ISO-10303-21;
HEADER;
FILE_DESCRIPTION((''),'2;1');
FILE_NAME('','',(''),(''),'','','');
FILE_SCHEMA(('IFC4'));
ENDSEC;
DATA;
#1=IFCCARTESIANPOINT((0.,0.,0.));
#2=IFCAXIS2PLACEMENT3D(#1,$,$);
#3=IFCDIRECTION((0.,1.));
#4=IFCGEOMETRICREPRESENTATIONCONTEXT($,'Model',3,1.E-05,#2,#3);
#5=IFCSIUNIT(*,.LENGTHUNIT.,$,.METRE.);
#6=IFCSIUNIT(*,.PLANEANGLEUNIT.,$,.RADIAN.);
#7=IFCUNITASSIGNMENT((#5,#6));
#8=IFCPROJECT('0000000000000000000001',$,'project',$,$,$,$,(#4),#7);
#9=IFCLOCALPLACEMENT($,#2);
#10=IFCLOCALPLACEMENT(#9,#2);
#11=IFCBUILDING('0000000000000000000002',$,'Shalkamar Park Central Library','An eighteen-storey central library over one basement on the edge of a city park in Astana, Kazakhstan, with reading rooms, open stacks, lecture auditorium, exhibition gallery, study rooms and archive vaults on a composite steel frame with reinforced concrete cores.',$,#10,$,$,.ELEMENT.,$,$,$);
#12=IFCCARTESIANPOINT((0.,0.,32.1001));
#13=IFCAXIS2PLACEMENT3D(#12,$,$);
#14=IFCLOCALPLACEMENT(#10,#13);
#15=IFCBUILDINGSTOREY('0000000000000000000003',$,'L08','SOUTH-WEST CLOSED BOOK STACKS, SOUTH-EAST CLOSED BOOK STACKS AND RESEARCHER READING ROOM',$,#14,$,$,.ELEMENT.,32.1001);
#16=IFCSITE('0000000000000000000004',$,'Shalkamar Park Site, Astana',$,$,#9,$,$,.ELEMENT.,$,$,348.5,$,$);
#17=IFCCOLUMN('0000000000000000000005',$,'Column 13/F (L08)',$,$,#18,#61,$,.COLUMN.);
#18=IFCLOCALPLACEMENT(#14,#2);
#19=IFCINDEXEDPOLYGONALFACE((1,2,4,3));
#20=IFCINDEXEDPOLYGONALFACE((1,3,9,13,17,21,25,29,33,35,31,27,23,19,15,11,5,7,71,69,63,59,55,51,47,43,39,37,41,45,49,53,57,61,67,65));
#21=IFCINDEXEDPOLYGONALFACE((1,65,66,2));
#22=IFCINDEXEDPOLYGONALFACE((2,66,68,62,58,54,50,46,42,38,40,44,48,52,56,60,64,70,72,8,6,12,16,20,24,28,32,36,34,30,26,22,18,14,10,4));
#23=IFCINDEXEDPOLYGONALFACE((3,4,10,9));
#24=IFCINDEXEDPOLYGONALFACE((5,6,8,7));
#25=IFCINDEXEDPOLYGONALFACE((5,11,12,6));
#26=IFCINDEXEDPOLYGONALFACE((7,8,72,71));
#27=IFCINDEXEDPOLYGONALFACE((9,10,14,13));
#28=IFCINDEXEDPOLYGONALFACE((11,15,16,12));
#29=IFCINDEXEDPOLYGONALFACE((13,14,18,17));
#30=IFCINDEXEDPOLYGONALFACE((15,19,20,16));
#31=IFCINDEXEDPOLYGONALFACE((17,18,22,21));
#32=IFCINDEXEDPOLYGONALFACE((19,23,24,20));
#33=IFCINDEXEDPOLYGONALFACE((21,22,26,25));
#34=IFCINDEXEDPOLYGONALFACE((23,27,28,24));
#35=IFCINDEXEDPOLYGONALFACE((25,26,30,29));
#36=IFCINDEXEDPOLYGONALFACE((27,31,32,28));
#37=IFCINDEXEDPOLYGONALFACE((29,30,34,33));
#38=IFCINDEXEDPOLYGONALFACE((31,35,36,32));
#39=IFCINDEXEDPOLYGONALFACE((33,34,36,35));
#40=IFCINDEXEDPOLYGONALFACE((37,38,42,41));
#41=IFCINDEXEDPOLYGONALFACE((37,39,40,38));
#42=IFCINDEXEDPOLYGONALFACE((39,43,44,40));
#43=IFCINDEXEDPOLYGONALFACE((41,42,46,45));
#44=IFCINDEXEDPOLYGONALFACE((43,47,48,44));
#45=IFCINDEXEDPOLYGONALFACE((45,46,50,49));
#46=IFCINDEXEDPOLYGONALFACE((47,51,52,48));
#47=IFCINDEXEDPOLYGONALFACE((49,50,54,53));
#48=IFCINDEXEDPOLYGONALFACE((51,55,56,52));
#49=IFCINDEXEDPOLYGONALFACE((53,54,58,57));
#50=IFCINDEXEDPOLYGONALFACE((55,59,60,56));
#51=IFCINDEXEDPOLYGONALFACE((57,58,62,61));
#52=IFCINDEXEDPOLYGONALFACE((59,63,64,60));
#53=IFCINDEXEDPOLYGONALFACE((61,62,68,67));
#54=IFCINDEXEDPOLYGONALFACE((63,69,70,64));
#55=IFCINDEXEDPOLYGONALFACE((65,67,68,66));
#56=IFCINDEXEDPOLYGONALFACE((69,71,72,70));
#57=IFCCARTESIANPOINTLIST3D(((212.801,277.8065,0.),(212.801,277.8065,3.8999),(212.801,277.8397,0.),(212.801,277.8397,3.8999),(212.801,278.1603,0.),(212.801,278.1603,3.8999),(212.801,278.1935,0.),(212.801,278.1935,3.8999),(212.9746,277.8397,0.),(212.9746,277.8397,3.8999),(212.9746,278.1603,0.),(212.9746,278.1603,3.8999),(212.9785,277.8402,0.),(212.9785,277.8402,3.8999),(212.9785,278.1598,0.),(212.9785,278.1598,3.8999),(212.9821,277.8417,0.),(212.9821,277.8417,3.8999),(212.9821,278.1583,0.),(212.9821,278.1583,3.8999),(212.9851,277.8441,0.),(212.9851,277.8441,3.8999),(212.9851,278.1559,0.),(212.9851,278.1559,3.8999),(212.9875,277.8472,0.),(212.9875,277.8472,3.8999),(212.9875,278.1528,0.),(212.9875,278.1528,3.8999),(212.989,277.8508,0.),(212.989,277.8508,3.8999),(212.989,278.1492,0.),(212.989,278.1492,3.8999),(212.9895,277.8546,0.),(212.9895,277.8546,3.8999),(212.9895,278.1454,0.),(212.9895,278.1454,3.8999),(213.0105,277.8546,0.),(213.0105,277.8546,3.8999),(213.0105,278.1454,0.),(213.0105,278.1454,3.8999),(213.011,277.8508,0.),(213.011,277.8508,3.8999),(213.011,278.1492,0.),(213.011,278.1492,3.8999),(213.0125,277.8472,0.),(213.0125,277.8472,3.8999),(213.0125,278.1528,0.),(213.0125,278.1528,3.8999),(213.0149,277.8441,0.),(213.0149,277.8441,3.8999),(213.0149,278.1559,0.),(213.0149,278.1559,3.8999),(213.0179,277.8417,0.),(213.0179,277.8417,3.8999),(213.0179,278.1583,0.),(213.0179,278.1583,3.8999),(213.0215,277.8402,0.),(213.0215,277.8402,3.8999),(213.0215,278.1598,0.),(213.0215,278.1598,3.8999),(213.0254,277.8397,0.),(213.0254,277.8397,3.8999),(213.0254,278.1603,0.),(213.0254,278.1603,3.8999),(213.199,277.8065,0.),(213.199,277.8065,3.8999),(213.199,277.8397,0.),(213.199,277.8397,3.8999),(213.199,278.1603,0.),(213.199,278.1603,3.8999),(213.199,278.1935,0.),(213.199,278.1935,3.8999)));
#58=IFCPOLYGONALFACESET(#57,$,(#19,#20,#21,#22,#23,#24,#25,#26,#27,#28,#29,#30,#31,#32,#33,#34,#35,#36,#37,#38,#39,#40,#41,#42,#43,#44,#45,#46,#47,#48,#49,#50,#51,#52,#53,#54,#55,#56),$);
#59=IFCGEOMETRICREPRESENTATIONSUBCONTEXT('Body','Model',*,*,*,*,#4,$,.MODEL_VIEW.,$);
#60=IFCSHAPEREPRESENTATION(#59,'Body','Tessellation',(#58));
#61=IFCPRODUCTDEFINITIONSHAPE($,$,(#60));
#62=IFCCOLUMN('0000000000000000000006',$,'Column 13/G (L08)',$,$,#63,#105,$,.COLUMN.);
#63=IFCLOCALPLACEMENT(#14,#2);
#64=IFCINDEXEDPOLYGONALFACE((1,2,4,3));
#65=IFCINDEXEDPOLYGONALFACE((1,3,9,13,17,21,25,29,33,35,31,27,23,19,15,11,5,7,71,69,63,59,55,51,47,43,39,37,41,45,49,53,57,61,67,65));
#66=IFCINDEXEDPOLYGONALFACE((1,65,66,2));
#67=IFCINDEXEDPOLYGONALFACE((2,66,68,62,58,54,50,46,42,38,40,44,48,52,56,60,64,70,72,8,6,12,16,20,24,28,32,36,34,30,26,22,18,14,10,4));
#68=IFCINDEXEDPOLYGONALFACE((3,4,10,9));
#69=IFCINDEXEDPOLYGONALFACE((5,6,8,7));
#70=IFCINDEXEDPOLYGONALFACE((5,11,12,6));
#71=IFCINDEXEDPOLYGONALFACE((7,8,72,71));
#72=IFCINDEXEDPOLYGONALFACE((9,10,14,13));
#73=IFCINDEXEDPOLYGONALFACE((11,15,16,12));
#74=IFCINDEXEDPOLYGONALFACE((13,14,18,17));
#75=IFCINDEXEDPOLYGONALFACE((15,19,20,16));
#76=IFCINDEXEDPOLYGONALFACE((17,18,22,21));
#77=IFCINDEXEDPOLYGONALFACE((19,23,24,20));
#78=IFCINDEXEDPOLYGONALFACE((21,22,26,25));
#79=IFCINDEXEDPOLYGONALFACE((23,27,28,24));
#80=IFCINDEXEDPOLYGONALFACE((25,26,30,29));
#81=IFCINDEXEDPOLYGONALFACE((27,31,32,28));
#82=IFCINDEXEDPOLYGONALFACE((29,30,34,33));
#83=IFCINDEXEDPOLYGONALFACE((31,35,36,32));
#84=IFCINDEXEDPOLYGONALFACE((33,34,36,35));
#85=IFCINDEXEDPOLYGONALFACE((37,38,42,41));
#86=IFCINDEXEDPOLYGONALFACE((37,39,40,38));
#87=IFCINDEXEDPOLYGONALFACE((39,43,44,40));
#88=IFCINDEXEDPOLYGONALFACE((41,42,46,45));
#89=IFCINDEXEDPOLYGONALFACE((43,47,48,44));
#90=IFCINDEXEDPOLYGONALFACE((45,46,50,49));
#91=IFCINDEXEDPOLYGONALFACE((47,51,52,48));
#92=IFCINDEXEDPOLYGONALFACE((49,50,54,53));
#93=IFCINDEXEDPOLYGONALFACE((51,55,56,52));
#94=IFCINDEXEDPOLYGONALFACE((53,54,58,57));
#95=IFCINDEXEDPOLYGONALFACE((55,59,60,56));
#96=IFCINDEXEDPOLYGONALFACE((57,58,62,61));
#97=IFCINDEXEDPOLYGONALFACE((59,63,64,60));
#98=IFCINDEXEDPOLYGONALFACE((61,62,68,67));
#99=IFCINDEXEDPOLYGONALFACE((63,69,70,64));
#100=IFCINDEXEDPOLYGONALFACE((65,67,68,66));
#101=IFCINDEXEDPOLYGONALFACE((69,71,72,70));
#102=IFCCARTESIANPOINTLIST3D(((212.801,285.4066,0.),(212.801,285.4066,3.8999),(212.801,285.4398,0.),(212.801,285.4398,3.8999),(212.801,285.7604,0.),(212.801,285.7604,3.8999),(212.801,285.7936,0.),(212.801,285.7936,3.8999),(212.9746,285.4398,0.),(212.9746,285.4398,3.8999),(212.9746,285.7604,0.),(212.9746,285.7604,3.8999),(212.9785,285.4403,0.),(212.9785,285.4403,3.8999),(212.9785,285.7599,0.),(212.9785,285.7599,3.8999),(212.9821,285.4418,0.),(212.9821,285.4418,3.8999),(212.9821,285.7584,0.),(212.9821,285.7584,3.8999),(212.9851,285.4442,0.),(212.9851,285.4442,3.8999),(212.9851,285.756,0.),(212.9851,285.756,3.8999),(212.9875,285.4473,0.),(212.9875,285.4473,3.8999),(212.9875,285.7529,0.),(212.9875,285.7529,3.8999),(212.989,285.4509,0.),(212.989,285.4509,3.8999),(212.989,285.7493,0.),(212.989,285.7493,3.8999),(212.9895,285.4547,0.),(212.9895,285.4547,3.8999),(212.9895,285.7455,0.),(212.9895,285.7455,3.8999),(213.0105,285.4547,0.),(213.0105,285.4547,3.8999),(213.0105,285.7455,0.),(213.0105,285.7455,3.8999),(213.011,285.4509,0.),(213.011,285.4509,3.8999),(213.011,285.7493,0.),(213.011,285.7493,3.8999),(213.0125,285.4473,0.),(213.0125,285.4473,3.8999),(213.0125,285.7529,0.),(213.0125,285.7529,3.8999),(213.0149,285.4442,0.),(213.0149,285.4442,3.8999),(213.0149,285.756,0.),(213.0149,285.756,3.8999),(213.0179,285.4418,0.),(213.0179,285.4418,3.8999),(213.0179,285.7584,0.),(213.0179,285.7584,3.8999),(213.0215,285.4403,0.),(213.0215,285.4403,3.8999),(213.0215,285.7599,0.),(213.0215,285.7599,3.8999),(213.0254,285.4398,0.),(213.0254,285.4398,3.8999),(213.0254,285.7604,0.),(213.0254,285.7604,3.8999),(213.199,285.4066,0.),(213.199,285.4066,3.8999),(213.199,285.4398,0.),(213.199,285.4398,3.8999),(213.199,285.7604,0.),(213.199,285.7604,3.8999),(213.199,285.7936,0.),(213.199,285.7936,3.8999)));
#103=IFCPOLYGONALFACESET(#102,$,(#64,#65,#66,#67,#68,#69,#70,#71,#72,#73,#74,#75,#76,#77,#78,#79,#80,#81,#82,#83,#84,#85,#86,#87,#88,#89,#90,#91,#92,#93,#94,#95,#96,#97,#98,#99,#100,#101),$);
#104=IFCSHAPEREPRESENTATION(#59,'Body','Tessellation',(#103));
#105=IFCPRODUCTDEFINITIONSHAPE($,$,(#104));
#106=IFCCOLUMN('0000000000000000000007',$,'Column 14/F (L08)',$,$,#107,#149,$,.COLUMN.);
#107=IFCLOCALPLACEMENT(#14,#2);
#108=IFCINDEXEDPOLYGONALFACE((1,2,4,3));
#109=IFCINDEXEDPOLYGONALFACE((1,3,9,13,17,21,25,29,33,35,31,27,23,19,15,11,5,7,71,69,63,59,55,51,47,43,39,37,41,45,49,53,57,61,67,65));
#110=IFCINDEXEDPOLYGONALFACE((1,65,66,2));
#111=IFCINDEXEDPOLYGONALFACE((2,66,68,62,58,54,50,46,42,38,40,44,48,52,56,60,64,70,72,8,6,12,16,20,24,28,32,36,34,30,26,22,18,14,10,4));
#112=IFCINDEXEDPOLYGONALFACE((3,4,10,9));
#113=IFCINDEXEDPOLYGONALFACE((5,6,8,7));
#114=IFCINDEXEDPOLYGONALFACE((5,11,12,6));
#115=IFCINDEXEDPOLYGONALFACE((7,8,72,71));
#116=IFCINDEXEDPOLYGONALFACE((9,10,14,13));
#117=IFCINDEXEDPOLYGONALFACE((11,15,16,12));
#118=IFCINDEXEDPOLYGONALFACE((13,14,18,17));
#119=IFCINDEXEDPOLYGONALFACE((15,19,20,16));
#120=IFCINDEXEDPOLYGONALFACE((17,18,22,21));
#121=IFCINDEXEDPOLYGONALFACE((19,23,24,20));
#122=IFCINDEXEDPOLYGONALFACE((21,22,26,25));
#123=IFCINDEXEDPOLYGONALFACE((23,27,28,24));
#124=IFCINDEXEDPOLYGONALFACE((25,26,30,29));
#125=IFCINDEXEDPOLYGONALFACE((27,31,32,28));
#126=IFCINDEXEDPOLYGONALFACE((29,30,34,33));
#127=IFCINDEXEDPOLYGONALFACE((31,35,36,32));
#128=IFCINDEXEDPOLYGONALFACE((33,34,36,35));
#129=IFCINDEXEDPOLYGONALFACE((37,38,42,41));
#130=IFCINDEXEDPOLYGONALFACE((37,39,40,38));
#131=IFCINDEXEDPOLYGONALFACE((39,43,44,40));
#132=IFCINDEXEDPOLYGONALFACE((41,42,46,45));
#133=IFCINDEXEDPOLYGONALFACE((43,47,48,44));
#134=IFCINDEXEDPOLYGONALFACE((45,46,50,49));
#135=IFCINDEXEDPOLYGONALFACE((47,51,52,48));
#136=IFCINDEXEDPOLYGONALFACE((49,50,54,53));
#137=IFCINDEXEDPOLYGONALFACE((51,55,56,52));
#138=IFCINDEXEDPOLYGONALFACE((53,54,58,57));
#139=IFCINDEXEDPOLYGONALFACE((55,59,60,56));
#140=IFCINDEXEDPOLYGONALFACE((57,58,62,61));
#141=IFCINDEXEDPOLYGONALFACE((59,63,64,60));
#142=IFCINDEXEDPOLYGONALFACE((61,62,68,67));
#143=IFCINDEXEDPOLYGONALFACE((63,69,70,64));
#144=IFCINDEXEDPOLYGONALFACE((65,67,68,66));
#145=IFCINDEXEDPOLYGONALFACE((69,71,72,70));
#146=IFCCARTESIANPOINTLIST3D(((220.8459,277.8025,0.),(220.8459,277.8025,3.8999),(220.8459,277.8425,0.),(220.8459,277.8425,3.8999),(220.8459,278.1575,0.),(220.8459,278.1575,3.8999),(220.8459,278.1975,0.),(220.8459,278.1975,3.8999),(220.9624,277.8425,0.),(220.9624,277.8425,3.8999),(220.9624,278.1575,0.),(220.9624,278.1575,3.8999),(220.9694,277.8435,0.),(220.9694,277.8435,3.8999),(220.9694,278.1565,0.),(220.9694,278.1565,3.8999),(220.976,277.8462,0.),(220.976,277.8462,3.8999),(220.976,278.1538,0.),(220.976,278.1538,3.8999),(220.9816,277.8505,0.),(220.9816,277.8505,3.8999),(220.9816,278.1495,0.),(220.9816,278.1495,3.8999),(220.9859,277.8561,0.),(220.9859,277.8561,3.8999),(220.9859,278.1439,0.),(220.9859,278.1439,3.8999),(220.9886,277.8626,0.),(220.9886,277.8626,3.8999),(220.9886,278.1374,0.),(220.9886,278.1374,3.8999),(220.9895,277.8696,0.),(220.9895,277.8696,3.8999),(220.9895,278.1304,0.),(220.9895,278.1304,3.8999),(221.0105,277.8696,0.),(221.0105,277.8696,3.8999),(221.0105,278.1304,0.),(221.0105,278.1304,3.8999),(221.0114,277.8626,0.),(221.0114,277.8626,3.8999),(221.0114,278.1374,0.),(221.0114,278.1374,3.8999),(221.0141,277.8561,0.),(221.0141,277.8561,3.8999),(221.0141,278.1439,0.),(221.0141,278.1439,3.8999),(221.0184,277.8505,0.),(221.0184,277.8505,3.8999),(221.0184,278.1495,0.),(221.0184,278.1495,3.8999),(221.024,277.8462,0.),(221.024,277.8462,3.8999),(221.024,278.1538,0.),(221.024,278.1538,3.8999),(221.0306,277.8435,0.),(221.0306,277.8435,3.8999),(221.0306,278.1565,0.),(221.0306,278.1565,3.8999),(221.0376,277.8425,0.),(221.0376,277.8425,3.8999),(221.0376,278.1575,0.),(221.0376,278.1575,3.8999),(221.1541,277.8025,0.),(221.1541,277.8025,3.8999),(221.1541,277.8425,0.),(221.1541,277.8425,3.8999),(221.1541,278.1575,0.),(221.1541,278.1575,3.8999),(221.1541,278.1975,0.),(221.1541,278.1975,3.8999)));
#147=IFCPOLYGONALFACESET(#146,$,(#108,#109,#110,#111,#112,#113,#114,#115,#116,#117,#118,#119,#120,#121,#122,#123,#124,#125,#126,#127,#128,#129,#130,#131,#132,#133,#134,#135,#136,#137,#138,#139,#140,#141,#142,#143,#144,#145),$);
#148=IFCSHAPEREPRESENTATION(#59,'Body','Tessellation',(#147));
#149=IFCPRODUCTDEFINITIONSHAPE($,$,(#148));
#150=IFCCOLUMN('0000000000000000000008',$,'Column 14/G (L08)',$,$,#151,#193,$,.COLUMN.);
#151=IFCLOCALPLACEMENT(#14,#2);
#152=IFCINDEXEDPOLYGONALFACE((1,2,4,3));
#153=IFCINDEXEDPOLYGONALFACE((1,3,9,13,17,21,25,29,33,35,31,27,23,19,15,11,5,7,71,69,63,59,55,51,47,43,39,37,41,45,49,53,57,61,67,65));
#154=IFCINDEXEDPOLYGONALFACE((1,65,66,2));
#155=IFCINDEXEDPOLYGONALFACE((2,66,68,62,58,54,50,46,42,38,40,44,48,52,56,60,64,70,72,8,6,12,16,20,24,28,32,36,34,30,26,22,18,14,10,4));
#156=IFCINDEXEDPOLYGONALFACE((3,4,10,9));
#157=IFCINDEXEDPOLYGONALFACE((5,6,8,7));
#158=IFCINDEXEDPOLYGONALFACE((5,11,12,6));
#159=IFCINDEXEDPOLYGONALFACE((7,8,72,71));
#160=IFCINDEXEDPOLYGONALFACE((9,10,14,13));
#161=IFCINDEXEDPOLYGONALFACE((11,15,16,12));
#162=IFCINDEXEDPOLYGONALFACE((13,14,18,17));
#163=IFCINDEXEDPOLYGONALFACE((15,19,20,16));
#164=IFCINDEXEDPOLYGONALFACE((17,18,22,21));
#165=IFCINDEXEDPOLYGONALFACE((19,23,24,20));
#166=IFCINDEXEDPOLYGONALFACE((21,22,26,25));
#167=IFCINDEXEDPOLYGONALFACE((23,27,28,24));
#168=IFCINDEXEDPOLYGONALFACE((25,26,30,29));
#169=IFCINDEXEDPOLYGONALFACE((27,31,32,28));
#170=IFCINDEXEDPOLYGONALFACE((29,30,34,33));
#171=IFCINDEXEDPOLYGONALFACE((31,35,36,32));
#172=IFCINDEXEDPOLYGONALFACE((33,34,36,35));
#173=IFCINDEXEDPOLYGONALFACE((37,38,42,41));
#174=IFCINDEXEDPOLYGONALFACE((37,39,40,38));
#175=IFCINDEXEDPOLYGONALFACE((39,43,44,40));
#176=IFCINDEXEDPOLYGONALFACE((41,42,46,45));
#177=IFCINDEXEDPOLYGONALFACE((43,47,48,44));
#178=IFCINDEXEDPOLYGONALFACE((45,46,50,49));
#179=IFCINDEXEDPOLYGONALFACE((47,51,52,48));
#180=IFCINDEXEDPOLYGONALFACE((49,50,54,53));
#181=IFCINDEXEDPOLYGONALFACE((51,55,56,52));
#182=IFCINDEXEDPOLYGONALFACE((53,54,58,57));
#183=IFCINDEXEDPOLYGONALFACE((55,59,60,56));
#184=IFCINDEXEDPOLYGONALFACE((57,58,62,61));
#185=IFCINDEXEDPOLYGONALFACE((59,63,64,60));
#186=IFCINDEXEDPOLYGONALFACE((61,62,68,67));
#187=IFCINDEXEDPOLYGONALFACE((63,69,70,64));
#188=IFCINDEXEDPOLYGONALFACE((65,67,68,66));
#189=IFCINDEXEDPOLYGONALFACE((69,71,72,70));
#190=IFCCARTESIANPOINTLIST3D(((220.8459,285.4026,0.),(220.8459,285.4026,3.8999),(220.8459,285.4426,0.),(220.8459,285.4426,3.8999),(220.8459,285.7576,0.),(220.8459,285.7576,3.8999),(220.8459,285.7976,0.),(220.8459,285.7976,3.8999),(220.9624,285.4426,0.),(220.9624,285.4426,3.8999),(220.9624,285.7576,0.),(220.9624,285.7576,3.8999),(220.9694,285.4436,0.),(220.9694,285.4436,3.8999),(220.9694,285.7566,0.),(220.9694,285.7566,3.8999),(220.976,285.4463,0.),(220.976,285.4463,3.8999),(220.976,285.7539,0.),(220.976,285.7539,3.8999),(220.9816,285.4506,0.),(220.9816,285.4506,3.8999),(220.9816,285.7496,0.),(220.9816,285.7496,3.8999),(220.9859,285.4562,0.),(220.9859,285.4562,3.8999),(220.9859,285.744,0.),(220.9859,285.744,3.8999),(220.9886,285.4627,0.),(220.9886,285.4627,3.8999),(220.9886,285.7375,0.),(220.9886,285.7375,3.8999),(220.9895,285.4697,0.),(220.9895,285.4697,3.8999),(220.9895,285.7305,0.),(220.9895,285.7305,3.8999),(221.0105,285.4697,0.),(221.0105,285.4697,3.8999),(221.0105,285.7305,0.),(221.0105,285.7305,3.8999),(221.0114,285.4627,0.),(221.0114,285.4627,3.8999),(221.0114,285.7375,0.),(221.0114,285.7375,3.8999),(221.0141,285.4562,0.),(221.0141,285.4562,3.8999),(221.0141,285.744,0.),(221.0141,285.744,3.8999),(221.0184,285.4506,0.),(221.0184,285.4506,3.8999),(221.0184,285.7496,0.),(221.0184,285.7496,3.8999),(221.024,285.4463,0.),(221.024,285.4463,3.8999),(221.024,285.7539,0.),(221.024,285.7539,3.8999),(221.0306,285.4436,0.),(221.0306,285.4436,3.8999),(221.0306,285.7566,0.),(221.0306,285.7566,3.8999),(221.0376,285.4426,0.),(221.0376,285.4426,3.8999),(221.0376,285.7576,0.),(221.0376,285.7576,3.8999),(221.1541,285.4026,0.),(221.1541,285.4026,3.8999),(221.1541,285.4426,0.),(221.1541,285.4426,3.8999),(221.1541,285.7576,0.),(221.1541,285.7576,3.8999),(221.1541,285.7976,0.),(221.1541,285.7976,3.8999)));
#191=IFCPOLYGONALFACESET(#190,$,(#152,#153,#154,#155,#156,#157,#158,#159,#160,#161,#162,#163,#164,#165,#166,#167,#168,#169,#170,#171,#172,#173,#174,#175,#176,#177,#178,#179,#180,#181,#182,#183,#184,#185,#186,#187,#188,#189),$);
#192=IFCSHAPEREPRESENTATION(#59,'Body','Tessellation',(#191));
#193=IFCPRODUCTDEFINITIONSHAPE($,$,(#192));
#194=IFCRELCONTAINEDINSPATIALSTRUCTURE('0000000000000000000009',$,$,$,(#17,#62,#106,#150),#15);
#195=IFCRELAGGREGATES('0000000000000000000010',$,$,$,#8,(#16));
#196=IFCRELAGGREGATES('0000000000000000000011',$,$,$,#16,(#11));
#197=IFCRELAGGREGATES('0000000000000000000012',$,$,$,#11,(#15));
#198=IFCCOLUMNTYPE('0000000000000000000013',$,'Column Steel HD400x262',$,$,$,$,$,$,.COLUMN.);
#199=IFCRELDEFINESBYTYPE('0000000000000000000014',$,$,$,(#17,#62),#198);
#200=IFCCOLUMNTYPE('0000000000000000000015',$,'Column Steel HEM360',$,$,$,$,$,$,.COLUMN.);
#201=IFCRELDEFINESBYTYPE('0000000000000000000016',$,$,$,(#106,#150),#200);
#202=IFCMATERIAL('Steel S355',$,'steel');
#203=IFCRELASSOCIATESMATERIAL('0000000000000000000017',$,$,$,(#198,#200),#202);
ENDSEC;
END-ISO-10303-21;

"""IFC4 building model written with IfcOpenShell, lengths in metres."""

from ifc_helpers import new_model, si_unit, direction, frame, origin, origin_2d, place, context, subcontext, project, spatial, i_section, extrude, material, material_profile, profile_set, type_object, element, save


model = new_model("IFC4")

# Units and contexts
model_context = context("Model", 3, precision=1e-05, world=origin(), true_north=direction((0.0, 1.0)))
body_context = subcontext(model_context, "Body", "Model", "MODEL_VIEW")
ifc_project = project(units=[si_unit("LENGTHUNIT", "METRE"), si_unit("PLANEANGLEUNIT", "RADIAN")], contexts=[model_context])

# Site, building, storey
site_placement = place(None, origin())
site = spatial("IfcSite", under=ifc_project, at=site_placement, Name="Shalkamar Park Site, Astana", CompositionType="ELEMENT", RefElevation=348.5)
building_placement = place(site_placement, origin())
building = spatial("IfcBuilding", under=site, at=building_placement, Name="Shalkamar Park Central Library", Description="An eighteen-storey central library over one basement on the edge of a city park in Astana, Kazakhstan, with reading rooms, open stacks, lecture auditorium, exhibition gallery, study rooms and archive vaults on a composite steel frame with reinforced concrete cores.", CompositionType="ELEMENT")
storey_placement = place(building_placement, frame((0.0, 0.0, 32.1001)))
storey = spatial("IfcBuildingStorey", under=building, at=storey_placement, Name="L08", Description="SOUTH-WEST CLOSED BOOK STACKS, SOUTH-EAST CLOSED BOOK STACKS AND RESEARCHER READING ROOM", CompositionType="ELEMENT", Elevation=32.1001)

# Columns
ifc_material_1 = material(Name="Steel S355", Category="steel")
ifc_material_profile_1 = material_profile(ifc_material_1, i_section(OverallWidth=0.3979, OverallDepth=0.387, WebThickness=0.021, FlangeThickness=0.0332, FilletRadius=0.0149, at=origin_2d()), Name="HD 400x262")
ifc_profile_set_1 = profile_set([ifc_material_profile_1], Name="Steel S355")
column_type_1 = type_object("IfcColumnType", Name="Column Steel HD400x262", PredefinedType="COLUMN", material=ifc_profile_set_1)
for number, where, z_axis, x_axis, name in (
    (1, (213.0, 278.0, 0.0), (0.0, 0.0, 1.0), (1.0, 0.0, 0.0), "Column 13/F (L08)"),
    (2, (213.0, 285.6001, 0.0), (0.0, 0.0, 1.0), (1.0, 0.0, 0.0), "Column 13/G (L08)"),
):
    element("IfcColumn", number, at=place(storey_placement, frame(where, z_axis=z_axis, x_axis=x_axis)), inside=storey, type_object=column_type_1, Name=name, PredefinedType="COLUMN", context=body_context, shape_type="SweptSolid", body=[
        extrude(i_section(OverallWidth=0.3979, OverallDepth=0.387, WebThickness=0.021, FlangeThickness=0.0332, FilletRadius=0.0149, at=origin_2d()), origin(), (0.0, 0.0, 1.0), 3.8999),
    ])
ifc_material_profile_2 = material_profile(ifc_material_1, i_section(OverallWidth=0.3081, OverallDepth=0.395, WebThickness=0.021, FlangeThickness=0.04, FilletRadius=0.0271, at=origin_2d()), Name="HEM 360")
ifc_profile_set_2 = profile_set([ifc_material_profile_2], Name="Steel S355")
column_type_2 = type_object("IfcColumnType", Name="Column Steel HEM360", PredefinedType="COLUMN", material=ifc_profile_set_2)
for number, where, z_axis, x_axis, name in (
    (3, (221.0, 278.0, 0.0), (0.0, 0.0, 1.0), (1.0, 0.0, 0.0), "Column 14/F (L08)"),
    (4, (221.0, 285.6001, 0.0), (0.0, 0.0, 1.0), (1.0, 0.0, 0.0), "Column 14/G (L08)"),
):
    element("IfcColumn", number, at=place(storey_placement, frame(where, z_axis=z_axis, x_axis=x_axis)), inside=storey, type_object=column_type_2, Name=name, PredefinedType="COLUMN", context=body_context, shape_type="SweptSolid", body=[
        extrude(i_section(OverallWidth=0.3081, OverallDepth=0.395, WebThickness=0.021, FlangeThickness=0.04, FilletRadius=0.0271, at=origin_2d()), origin(), (0.0, 0.0, 1.0), 3.8999),
    ])

save(model, "model.ifc")
